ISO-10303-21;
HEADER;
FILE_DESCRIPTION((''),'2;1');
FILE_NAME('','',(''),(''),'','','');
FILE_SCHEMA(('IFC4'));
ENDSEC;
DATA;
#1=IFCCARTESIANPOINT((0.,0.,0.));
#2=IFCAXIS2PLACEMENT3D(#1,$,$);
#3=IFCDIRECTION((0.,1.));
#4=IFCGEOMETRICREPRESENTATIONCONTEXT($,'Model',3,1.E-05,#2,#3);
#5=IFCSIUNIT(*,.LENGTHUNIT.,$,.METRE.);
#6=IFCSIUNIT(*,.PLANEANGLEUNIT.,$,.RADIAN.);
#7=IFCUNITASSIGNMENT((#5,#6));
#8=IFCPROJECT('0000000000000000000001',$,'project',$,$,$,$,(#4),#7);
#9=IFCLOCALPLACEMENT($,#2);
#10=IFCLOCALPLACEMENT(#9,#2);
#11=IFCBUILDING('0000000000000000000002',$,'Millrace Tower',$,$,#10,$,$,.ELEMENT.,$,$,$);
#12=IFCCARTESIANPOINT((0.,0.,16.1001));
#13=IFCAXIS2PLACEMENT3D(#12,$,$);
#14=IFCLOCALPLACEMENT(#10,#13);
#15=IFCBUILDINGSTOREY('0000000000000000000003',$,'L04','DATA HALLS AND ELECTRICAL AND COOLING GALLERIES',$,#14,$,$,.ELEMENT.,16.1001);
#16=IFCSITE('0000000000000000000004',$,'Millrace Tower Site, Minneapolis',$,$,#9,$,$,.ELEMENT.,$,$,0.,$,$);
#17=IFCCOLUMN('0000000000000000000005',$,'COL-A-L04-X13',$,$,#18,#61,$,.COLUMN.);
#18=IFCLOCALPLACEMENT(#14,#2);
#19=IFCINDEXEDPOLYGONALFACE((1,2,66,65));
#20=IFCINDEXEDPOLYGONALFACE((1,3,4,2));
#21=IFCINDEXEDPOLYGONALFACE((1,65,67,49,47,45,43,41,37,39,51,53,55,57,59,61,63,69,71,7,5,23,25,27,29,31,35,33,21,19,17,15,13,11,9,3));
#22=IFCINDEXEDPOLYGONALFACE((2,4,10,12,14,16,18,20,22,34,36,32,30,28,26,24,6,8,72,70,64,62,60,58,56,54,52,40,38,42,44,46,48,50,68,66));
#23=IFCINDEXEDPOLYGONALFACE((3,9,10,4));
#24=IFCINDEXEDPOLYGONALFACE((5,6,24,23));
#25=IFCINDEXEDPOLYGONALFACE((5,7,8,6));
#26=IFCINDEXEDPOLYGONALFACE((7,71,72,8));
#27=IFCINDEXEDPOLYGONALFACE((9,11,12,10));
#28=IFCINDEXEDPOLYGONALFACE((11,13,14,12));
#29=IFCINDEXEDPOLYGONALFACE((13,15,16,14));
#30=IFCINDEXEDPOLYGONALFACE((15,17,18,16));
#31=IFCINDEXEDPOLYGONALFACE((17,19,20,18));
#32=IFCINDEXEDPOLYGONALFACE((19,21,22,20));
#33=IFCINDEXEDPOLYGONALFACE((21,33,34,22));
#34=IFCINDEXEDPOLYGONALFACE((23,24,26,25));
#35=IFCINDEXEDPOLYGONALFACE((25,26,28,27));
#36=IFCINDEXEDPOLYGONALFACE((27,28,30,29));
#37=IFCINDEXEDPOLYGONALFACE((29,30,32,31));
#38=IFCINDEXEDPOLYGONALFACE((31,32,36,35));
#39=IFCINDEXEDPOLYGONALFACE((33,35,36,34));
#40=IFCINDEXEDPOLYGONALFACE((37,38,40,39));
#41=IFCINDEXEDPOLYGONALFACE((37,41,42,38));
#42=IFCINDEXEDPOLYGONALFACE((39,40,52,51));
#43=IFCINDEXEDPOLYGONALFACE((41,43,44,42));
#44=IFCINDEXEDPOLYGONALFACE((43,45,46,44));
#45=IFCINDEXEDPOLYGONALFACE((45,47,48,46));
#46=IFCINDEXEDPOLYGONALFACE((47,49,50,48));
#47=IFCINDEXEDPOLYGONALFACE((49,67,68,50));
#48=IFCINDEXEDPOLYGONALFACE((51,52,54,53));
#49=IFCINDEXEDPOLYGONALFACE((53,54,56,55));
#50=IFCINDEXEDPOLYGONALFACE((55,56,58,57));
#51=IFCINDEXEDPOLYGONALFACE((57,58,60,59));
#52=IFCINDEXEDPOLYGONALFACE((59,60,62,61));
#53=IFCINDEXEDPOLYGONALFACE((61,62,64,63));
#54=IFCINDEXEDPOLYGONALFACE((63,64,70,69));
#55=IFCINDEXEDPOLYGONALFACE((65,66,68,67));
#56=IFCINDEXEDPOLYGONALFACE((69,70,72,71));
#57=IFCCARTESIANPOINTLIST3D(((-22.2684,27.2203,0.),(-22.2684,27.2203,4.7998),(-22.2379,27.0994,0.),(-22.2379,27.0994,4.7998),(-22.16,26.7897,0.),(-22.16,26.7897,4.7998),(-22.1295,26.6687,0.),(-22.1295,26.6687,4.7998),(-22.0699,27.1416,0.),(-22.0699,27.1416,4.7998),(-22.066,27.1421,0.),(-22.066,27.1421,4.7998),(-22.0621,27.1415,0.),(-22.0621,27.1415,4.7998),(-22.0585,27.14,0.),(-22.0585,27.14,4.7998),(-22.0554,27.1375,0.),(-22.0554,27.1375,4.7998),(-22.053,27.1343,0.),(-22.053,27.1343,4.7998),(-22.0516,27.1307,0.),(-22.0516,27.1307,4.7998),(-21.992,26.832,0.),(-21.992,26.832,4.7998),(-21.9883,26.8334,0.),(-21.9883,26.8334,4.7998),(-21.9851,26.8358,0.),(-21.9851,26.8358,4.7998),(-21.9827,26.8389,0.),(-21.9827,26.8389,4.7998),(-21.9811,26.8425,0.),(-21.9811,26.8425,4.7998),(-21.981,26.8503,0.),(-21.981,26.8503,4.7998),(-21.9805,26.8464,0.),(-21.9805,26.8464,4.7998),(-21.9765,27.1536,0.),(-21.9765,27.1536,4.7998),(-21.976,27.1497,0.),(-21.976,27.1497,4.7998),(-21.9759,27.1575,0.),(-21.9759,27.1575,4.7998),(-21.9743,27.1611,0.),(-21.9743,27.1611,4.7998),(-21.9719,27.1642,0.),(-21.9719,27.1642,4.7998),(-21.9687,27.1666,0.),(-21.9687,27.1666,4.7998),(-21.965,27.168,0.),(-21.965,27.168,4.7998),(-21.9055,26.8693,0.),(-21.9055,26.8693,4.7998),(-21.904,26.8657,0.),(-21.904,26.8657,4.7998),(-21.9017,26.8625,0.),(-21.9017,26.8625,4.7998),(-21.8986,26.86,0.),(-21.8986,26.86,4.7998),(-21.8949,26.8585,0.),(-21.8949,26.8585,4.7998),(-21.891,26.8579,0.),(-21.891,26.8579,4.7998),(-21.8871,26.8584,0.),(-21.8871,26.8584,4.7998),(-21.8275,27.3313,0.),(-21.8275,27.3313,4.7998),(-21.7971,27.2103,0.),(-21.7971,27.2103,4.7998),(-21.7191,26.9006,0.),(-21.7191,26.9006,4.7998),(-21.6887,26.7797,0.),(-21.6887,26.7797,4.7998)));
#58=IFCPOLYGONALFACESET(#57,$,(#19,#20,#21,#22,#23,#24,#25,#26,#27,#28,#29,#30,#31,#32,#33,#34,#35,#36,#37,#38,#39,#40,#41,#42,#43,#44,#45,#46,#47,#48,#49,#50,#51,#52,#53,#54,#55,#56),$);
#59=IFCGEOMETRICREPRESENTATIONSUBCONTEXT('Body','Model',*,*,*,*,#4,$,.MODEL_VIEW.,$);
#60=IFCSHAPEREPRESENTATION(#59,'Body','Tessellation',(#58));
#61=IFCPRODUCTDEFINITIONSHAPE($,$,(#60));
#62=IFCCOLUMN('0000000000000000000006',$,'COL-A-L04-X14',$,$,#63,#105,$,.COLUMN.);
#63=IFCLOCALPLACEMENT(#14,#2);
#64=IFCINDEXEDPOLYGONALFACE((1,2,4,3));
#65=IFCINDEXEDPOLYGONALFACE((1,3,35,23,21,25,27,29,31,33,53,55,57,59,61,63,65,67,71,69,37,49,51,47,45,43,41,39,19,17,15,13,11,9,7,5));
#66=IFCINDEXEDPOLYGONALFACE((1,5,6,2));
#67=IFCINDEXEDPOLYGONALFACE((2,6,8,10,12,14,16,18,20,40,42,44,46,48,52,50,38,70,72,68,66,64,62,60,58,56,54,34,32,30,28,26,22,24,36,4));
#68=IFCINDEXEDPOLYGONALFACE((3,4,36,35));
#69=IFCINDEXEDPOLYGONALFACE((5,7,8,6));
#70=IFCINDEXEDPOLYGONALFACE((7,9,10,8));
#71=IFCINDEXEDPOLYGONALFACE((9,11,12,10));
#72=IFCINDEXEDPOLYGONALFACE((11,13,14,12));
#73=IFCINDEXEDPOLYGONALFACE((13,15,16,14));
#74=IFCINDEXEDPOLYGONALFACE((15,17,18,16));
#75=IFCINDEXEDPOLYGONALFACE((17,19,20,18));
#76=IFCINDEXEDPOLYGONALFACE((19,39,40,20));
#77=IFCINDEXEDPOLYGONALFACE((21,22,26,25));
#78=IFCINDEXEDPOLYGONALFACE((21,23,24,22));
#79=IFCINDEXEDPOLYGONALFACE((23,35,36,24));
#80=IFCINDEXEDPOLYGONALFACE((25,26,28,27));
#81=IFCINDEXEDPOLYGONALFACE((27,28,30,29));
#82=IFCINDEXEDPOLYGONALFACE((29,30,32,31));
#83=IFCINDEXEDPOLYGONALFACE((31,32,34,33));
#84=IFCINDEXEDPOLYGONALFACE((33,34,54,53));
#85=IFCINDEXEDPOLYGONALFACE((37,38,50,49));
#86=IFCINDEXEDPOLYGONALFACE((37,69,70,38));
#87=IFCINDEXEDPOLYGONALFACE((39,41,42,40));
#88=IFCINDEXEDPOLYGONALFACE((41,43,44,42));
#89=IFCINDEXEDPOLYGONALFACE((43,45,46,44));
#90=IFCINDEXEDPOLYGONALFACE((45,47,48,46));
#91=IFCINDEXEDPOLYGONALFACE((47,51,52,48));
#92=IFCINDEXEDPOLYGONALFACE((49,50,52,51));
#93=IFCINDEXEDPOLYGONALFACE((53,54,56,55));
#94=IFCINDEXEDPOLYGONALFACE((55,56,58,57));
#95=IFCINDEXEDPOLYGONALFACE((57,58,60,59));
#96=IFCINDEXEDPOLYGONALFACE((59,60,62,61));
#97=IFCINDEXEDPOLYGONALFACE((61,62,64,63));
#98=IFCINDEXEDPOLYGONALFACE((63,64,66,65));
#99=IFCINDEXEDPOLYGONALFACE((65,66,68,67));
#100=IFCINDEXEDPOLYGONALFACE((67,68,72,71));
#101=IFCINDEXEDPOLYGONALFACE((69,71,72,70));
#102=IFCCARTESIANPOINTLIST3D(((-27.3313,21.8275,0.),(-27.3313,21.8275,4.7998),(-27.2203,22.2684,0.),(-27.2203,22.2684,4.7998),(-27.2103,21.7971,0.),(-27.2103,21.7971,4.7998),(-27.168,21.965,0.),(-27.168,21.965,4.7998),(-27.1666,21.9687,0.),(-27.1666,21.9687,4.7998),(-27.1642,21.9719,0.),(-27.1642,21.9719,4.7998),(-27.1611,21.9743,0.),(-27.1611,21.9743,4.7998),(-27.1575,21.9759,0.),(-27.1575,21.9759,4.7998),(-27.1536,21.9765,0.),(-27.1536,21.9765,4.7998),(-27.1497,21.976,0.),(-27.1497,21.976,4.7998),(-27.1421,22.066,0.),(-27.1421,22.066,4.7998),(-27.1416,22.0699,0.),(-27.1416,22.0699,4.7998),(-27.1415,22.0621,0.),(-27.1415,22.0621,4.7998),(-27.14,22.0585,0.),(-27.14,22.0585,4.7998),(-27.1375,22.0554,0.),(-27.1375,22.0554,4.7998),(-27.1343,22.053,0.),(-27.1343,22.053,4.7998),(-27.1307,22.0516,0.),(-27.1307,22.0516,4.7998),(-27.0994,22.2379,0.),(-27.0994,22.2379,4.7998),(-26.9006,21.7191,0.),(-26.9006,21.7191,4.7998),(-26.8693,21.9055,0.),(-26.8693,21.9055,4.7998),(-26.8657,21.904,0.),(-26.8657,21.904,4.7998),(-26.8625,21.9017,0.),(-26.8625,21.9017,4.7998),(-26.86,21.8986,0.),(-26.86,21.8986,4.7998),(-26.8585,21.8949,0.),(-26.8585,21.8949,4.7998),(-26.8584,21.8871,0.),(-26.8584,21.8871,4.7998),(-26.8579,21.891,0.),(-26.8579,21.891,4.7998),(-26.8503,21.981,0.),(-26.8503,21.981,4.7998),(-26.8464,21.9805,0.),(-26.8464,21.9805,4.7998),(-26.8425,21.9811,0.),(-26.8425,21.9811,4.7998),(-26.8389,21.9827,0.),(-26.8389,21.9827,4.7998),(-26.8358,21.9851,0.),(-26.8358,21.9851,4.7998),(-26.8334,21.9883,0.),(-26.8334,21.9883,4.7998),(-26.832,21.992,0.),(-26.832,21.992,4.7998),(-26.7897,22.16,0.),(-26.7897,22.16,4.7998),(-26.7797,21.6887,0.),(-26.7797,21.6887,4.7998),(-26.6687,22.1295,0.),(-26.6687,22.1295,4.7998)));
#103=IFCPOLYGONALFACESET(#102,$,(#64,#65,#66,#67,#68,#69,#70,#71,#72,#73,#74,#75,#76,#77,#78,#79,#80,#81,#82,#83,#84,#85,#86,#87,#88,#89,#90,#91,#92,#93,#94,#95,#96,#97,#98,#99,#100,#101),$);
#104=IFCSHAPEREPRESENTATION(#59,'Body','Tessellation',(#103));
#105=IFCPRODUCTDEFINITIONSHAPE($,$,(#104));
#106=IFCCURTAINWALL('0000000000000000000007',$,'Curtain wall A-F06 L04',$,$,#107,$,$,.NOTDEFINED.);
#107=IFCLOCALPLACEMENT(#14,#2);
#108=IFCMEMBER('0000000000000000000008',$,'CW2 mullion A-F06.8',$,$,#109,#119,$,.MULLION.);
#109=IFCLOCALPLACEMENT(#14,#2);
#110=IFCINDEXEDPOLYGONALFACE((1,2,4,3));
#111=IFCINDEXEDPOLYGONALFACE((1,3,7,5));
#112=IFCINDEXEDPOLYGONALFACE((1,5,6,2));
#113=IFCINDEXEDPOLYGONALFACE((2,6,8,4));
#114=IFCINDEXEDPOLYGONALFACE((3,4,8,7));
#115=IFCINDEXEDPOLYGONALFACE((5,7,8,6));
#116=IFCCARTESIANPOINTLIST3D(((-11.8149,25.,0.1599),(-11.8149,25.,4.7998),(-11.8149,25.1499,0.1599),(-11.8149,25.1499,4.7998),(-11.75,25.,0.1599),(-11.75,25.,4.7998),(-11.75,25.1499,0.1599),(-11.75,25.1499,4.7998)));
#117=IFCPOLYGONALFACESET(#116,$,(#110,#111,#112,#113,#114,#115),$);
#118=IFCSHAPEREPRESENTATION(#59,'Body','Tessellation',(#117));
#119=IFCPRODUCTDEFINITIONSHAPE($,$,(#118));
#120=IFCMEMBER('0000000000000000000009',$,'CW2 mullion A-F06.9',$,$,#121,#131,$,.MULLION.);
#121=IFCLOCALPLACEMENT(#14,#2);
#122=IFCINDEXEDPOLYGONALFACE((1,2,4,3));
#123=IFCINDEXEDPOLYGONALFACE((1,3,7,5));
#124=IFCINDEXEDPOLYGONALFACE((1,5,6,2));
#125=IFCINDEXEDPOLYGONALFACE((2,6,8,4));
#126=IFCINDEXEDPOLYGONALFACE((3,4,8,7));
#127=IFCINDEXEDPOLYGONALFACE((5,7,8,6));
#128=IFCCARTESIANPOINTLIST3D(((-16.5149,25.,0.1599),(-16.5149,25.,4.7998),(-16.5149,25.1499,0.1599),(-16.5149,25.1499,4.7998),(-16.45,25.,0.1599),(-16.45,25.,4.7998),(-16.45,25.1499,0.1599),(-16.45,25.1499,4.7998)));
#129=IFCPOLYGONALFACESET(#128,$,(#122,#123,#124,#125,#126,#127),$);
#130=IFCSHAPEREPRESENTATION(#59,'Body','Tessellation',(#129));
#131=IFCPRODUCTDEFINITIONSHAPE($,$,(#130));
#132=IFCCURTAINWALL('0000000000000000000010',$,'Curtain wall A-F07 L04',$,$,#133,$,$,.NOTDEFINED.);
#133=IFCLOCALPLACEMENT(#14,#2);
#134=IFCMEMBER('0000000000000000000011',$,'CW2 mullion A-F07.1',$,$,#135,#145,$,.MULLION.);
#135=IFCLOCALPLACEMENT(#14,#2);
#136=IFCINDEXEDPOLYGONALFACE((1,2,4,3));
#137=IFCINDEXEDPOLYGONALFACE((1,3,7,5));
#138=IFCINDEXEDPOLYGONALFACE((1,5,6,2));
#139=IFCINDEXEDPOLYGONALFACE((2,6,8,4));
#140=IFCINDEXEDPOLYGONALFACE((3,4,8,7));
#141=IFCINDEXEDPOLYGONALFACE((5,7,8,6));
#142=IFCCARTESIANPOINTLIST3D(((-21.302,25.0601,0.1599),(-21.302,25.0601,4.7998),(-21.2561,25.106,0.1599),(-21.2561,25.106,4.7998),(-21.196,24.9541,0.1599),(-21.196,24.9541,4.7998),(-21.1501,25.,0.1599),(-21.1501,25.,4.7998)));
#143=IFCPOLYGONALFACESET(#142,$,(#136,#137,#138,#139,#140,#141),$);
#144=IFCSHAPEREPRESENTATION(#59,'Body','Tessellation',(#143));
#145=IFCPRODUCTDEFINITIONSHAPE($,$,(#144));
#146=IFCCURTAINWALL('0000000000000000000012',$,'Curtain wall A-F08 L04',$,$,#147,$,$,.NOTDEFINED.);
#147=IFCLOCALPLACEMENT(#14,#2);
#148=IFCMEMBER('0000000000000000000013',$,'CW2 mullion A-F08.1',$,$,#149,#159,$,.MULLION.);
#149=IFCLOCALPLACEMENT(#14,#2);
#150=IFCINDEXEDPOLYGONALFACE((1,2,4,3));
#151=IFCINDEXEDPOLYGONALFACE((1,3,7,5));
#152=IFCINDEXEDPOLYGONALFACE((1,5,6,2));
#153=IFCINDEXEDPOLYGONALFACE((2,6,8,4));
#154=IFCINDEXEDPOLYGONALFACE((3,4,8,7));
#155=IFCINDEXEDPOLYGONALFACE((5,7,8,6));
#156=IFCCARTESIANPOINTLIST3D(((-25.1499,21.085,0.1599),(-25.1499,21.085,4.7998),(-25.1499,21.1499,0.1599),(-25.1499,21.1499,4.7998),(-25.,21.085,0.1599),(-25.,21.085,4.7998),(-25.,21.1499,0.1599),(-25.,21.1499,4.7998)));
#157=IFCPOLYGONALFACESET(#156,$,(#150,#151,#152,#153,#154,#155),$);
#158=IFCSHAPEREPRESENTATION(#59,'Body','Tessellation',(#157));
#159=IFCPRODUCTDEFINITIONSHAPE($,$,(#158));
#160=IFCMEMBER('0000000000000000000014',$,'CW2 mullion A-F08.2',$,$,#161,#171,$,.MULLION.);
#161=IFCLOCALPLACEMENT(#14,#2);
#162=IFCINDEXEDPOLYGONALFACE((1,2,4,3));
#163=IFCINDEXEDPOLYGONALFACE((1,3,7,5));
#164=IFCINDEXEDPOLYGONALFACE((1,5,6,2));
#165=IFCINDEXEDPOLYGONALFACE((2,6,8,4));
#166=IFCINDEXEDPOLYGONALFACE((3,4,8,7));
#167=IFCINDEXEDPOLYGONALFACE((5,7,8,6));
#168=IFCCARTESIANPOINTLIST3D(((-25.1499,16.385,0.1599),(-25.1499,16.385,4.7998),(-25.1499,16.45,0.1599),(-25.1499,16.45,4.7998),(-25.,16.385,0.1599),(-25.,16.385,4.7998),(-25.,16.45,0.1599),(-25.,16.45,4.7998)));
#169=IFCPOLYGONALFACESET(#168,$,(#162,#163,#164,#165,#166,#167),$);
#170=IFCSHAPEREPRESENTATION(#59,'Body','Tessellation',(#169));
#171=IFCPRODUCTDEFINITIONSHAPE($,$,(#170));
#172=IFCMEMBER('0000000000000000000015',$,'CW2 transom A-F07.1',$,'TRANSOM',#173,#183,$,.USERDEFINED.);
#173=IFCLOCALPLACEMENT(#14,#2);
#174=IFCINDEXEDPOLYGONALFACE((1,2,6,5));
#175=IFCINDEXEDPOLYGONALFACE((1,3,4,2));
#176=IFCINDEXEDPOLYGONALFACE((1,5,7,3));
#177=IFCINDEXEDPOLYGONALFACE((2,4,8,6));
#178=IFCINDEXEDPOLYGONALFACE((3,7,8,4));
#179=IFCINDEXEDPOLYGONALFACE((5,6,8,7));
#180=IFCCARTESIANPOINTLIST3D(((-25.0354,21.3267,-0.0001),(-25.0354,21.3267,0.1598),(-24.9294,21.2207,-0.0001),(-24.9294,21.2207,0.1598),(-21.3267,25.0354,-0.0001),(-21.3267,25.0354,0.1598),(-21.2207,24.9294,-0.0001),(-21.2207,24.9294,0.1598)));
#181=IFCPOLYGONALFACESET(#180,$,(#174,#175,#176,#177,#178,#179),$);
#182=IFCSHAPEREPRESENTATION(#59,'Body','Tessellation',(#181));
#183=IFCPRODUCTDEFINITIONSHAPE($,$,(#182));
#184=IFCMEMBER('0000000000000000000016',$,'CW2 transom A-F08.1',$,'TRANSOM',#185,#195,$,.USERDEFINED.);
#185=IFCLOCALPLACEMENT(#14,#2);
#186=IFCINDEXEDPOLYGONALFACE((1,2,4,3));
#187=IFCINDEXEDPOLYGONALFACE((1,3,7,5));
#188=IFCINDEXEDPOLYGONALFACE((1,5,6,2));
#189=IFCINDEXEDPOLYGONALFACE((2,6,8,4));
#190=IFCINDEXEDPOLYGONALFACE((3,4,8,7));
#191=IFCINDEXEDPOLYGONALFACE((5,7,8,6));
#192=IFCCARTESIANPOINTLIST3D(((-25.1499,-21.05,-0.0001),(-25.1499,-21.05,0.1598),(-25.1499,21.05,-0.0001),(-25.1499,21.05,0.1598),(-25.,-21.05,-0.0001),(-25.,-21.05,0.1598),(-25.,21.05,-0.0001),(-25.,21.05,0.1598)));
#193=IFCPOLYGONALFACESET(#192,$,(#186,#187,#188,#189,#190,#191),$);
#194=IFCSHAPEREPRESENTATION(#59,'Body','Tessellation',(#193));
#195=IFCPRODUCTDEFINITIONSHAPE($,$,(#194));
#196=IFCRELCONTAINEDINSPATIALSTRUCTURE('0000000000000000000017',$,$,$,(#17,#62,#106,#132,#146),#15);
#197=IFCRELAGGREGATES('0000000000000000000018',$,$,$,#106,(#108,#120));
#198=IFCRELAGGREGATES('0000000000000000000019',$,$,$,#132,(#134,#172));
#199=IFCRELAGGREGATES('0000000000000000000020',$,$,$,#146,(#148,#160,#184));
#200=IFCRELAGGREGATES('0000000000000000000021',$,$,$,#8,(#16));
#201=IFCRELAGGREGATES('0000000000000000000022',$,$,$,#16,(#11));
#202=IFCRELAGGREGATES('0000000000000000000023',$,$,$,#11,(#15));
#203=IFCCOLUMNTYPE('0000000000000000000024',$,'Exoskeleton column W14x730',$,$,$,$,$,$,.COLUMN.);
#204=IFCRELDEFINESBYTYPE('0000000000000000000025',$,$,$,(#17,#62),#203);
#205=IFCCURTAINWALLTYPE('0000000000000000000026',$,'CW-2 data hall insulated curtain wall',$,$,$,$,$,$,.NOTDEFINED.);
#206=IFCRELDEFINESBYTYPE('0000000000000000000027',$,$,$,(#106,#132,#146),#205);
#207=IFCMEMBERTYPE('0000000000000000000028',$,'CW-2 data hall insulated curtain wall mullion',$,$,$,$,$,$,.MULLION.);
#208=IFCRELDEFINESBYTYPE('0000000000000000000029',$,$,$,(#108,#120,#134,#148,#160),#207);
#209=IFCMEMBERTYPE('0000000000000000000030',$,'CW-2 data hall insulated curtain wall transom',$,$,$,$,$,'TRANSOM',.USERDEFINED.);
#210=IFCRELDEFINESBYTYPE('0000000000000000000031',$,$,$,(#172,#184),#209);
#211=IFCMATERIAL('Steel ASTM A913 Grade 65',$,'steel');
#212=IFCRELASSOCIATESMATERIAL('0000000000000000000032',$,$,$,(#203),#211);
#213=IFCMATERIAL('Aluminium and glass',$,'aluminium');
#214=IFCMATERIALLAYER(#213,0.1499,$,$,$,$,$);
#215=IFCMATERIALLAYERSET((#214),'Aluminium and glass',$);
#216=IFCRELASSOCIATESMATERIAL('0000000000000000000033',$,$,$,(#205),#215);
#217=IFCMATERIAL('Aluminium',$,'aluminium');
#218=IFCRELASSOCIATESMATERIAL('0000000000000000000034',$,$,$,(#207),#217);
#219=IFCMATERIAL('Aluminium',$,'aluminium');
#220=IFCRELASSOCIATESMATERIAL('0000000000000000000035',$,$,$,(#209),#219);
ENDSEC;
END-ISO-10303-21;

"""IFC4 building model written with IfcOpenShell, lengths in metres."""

from ifc_helpers import new_model, si_unit, direction, frame, origin, origin_2d, place, context, subcontext, project, spatial, rectangle, i_section, extrude, material, layer, layer_set, material_profile, profile_set, type_object, element, aggregate, save


model = new_model("IFC4")

# Units and contexts
model_context = context("Model", 3, precision=1e-05, world=origin(), true_north=direction((0.0, 1.0)))
body_context = subcontext(model_context, "Body", "Model", "MODEL_VIEW")
ifc_project = project(units=[si_unit("LENGTHUNIT", "METRE"), si_unit("PLANEANGLEUNIT", "RADIAN")], contexts=[model_context])

# Site, building, storey
site_placement = place(None, origin())
site = spatial("IfcSite", under=ifc_project, at=site_placement, Name="Millrace Tower Site, Minneapolis", CompositionType="ELEMENT", RefElevation=0.0)
building_placement = place(site_placement, origin())
building = spatial("IfcBuilding", under=site, at=building_placement, Name="Millrace Tower", CompositionType="ELEMENT")
storey_placement = place(building_placement, frame((0.0, 0.0, 16.1001)))
storey = spatial("IfcBuildingStorey", under=building, at=storey_placement, Name="L04", Description="DATA HALLS AND ELECTRICAL AND COOLING GALLERIES", CompositionType="ELEMENT", Elevation=16.1001)

# Columns
ifc_material_1 = material(Name="Steel ASTM A913 Grade 65", Category="steel")
ifc_material_profile_1 = material_profile(ifc_material_1, i_section(OverallWidth=0.4546, OverallDepth=0.5688, WebThickness=0.0779, FlangeThickness=0.1248, FilletRadius=0.0151, at=origin_2d()))
ifc_profile_set_1 = profile_set([ifc_material_profile_1], Name="Steel ASTM A913 Grade 65")
column_type = type_object("IfcColumnType", Name="Exoskeleton column W14x730", PredefinedType="COLUMN", material=ifc_profile_set_1)
for number, where, z_axis, x_axis, name in (
    (1, (-21.9785, 27.0, 0.0), (0.0, 0.0, 1.0), (-0.969752, -0.244094, 0.0), "COL-A-L04-X13"),
    (2, (-27.0, 21.9785, 0.0), (0.0, 0.0, 1.0), (-0.244094, -0.969752, 0.0), "COL-A-L04-X14"),
):
    element("IfcColumn", number, at=place(storey_placement, frame(where, z_axis=z_axis, x_axis=x_axis)), inside=storey, type_object=column_type, Name=name, PredefinedType="COLUMN", context=body_context, shape_type="SweptSolid", body=[
        extrude(i_section(OverallWidth=0.4546, OverallDepth=0.5688, WebThickness=0.0779, FlangeThickness=0.1248, FilletRadius=0.0151, at=origin_2d()), origin(), (0.0, 0.0, 1.0), 4.7998),
    ])

# Curtain wall, members
ifc_material_2 = material(Name="Aluminium and glass", Category="aluminium")
ifc_layer_1 = layer(ifc_material_2, 0.1499)
ifc_layer_set_1 = layer_set([ifc_layer_1], Name="Aluminium and glass")
curtain_wall_type = type_object("IfcCurtainWallType", Name="CW-2 data hall insulated curtain wall", PredefinedType="NOTDEFINED", material=ifc_layer_set_1)
placement = place(storey_placement, origin())
curtain_wall_1 = element("IfcCurtainWall", 3, at=placement, inside=storey, type_object=curtain_wall_type, Name="Curtain wall A-F06 L04", PredefinedType="NOTDEFINED")
ifc_material_3 = material(Name="Aluminium", Category="aluminium")
ifc_material_profile_2 = material_profile(ifc_material_3, rectangle(XDim=0.0649, YDim=0.1499, at=origin_2d()))
ifc_profile_set_2 = profile_set([ifc_material_profile_2], Name="Aluminium")
member_type_1 = type_object("IfcMemberType", Name="CW-2 data hall insulated curtain wall mullion", PredefinedType="MULLION", material=ifc_profile_set_2)
member_1_placement = place(storey_placement, frame((-11.7825, 25.075, 0.1599), z_axis=(0.0, 0.0, 1.0), x_axis=(-1.0, 0.0, 0.0)))
member_1 = element("IfcMember", 4, at=member_1_placement, type_object=member_type_1, Name="CW2 mullion A-F06.8", PredefinedType="MULLION", context=body_context, shape_type="SweptSolid", body=[
    extrude(rectangle(XDim=0.0649, YDim=0.1499, at=origin_2d()), origin(), (0.0, 0.0, 1.0), 4.6399),
])
member_2_placement = place(storey_placement, frame((-16.4824, 25.075, 0.1599), z_axis=(0.0, 0.0, 1.0), x_axis=(-1.0, 0.0, 0.0)))
member_2 = element("IfcMember", 5, at=member_2_placement, type_object=member_type_1, Name="CW2 mullion A-F06.9", PredefinedType="MULLION", context=body_context, shape_type="SweptSolid", body=[
    extrude(rectangle(XDim=0.0649, YDim=0.1499, at=origin_2d()), origin(), (0.0, 0.0, 1.0), 4.6399),
])
aggregate(curtain_wall_1, [member_1, member_2])

# Curtain wall, member
curtain_wall_2 = element("IfcCurtainWall", 6, at=placement, inside=storey, type_object=curtain_wall_type, Name="Curtain wall A-F07 L04", PredefinedType="NOTDEFINED")
member_3_placement = place(storey_placement, frame((-21.2261, 25.03, 0.1599), z_axis=(0.0, 0.0, 1.0), x_axis=(-0.707107, -0.707107, 0.0)))
member_3 = element("IfcMember", 7, at=member_3_placement, type_object=member_type_1, Name="CW2 mullion A-F07.1", PredefinedType="MULLION", context=body_context, shape_type="SweptSolid", body=[
    extrude(rectangle(XDim=0.0649, YDim=0.1499, at=origin_2d()), origin(), (0.0, 0.0, 1.0), 4.6399),
])

# Curtain wall, members
curtain_wall_3 = element("IfcCurtainWall", 8, at=placement, inside=storey, type_object=curtain_wall_type, Name="Curtain wall A-F08 L04", PredefinedType="NOTDEFINED")
member_4_placement = place(storey_placement, frame((-25.075, 21.1174, 0.1599), z_axis=(0.0, 0.0, 1.0), x_axis=(0.0, -1.0, 0.0)))
member_4 = element("IfcMember", 9, at=member_4_placement, type_object=member_type_1, Name="CW2 mullion A-F08.1", PredefinedType="MULLION", context=body_context, shape_type="SweptSolid", body=[
    extrude(rectangle(XDim=0.0649, YDim=0.1499, at=origin_2d()), origin(), (0.0, 0.0, 1.0), 4.6399),
])
member_5_placement = place(storey_placement, frame((-25.075, 16.4175, 0.1599), z_axis=(0.0, 0.0, 1.0), x_axis=(0.0, -1.0, 0.0)))
member_5 = element("IfcMember", 10, at=member_5_placement, type_object=member_type_1, Name="CW2 mullion A-F08.2", PredefinedType="MULLION", context=body_context, shape_type="SweptSolid", body=[
    extrude(rectangle(XDim=0.0649, YDim=0.1499, at=origin_2d()), origin(), (0.0, 0.0, 1.0), 4.6399),
])

# Members
ifc_material_4 = material(Name="Aluminium", Category="aluminium")
ifc_material_profile_3 = material_profile(ifc_material_4, rectangle(XDim=0.1499, YDim=0.1599, at=origin_2d()))
ifc_profile_set_3 = profile_set([ifc_material_profile_3], Name="Aluminium")
member_type_2 = type_object("IfcMemberType", Name="CW-2 data hall insulated curtain wall transom", ElementType="TRANSOM", PredefinedType="USERDEFINED", material=ifc_profile_set_3)
member_6_placement = place(storey_placement, frame((-21.2737, 24.9824, 0.0798), z_axis=(-0.707107, -0.707107, 0.0), x_axis=(0.707107, -0.707107, 0.0)))
member_6 = element("IfcMember", 11, at=member_6_placement, type_object=member_type_2, Name="CW2 transom A-F07.1", ObjectType="TRANSOM", PredefinedType="USERDEFINED", context=body_context, shape_type="SweptSolid", body=[
    extrude(rectangle(XDim=0.1499, YDim=0.1599, at=origin_2d()), origin(), (0.0, 0.0, 1.0), 5.2449),
])
aggregate(curtain_wall_2, [member_3, member_6])
member_7_placement = place(storey_placement, frame((-25.075, 21.05, 0.0798), z_axis=(0.0, -1.0, 0.0), x_axis=(1.0, 0.0, 0.0)))
member_7 = element("IfcMember", 12, at=member_7_placement, type_object=member_type_2, Name="CW2 transom A-F08.1", ObjectType="TRANSOM", PredefinedType="USERDEFINED", context=body_context, shape_type="SweptSolid", body=[
    extrude(rectangle(XDim=0.1499, YDim=0.1599, at=origin_2d()), origin(), (0.0, 0.0, 1.0), 42.1001),
])
aggregate(curtain_wall_3, [member_4, member_5, member_7])

save(model, "model.ifc")
